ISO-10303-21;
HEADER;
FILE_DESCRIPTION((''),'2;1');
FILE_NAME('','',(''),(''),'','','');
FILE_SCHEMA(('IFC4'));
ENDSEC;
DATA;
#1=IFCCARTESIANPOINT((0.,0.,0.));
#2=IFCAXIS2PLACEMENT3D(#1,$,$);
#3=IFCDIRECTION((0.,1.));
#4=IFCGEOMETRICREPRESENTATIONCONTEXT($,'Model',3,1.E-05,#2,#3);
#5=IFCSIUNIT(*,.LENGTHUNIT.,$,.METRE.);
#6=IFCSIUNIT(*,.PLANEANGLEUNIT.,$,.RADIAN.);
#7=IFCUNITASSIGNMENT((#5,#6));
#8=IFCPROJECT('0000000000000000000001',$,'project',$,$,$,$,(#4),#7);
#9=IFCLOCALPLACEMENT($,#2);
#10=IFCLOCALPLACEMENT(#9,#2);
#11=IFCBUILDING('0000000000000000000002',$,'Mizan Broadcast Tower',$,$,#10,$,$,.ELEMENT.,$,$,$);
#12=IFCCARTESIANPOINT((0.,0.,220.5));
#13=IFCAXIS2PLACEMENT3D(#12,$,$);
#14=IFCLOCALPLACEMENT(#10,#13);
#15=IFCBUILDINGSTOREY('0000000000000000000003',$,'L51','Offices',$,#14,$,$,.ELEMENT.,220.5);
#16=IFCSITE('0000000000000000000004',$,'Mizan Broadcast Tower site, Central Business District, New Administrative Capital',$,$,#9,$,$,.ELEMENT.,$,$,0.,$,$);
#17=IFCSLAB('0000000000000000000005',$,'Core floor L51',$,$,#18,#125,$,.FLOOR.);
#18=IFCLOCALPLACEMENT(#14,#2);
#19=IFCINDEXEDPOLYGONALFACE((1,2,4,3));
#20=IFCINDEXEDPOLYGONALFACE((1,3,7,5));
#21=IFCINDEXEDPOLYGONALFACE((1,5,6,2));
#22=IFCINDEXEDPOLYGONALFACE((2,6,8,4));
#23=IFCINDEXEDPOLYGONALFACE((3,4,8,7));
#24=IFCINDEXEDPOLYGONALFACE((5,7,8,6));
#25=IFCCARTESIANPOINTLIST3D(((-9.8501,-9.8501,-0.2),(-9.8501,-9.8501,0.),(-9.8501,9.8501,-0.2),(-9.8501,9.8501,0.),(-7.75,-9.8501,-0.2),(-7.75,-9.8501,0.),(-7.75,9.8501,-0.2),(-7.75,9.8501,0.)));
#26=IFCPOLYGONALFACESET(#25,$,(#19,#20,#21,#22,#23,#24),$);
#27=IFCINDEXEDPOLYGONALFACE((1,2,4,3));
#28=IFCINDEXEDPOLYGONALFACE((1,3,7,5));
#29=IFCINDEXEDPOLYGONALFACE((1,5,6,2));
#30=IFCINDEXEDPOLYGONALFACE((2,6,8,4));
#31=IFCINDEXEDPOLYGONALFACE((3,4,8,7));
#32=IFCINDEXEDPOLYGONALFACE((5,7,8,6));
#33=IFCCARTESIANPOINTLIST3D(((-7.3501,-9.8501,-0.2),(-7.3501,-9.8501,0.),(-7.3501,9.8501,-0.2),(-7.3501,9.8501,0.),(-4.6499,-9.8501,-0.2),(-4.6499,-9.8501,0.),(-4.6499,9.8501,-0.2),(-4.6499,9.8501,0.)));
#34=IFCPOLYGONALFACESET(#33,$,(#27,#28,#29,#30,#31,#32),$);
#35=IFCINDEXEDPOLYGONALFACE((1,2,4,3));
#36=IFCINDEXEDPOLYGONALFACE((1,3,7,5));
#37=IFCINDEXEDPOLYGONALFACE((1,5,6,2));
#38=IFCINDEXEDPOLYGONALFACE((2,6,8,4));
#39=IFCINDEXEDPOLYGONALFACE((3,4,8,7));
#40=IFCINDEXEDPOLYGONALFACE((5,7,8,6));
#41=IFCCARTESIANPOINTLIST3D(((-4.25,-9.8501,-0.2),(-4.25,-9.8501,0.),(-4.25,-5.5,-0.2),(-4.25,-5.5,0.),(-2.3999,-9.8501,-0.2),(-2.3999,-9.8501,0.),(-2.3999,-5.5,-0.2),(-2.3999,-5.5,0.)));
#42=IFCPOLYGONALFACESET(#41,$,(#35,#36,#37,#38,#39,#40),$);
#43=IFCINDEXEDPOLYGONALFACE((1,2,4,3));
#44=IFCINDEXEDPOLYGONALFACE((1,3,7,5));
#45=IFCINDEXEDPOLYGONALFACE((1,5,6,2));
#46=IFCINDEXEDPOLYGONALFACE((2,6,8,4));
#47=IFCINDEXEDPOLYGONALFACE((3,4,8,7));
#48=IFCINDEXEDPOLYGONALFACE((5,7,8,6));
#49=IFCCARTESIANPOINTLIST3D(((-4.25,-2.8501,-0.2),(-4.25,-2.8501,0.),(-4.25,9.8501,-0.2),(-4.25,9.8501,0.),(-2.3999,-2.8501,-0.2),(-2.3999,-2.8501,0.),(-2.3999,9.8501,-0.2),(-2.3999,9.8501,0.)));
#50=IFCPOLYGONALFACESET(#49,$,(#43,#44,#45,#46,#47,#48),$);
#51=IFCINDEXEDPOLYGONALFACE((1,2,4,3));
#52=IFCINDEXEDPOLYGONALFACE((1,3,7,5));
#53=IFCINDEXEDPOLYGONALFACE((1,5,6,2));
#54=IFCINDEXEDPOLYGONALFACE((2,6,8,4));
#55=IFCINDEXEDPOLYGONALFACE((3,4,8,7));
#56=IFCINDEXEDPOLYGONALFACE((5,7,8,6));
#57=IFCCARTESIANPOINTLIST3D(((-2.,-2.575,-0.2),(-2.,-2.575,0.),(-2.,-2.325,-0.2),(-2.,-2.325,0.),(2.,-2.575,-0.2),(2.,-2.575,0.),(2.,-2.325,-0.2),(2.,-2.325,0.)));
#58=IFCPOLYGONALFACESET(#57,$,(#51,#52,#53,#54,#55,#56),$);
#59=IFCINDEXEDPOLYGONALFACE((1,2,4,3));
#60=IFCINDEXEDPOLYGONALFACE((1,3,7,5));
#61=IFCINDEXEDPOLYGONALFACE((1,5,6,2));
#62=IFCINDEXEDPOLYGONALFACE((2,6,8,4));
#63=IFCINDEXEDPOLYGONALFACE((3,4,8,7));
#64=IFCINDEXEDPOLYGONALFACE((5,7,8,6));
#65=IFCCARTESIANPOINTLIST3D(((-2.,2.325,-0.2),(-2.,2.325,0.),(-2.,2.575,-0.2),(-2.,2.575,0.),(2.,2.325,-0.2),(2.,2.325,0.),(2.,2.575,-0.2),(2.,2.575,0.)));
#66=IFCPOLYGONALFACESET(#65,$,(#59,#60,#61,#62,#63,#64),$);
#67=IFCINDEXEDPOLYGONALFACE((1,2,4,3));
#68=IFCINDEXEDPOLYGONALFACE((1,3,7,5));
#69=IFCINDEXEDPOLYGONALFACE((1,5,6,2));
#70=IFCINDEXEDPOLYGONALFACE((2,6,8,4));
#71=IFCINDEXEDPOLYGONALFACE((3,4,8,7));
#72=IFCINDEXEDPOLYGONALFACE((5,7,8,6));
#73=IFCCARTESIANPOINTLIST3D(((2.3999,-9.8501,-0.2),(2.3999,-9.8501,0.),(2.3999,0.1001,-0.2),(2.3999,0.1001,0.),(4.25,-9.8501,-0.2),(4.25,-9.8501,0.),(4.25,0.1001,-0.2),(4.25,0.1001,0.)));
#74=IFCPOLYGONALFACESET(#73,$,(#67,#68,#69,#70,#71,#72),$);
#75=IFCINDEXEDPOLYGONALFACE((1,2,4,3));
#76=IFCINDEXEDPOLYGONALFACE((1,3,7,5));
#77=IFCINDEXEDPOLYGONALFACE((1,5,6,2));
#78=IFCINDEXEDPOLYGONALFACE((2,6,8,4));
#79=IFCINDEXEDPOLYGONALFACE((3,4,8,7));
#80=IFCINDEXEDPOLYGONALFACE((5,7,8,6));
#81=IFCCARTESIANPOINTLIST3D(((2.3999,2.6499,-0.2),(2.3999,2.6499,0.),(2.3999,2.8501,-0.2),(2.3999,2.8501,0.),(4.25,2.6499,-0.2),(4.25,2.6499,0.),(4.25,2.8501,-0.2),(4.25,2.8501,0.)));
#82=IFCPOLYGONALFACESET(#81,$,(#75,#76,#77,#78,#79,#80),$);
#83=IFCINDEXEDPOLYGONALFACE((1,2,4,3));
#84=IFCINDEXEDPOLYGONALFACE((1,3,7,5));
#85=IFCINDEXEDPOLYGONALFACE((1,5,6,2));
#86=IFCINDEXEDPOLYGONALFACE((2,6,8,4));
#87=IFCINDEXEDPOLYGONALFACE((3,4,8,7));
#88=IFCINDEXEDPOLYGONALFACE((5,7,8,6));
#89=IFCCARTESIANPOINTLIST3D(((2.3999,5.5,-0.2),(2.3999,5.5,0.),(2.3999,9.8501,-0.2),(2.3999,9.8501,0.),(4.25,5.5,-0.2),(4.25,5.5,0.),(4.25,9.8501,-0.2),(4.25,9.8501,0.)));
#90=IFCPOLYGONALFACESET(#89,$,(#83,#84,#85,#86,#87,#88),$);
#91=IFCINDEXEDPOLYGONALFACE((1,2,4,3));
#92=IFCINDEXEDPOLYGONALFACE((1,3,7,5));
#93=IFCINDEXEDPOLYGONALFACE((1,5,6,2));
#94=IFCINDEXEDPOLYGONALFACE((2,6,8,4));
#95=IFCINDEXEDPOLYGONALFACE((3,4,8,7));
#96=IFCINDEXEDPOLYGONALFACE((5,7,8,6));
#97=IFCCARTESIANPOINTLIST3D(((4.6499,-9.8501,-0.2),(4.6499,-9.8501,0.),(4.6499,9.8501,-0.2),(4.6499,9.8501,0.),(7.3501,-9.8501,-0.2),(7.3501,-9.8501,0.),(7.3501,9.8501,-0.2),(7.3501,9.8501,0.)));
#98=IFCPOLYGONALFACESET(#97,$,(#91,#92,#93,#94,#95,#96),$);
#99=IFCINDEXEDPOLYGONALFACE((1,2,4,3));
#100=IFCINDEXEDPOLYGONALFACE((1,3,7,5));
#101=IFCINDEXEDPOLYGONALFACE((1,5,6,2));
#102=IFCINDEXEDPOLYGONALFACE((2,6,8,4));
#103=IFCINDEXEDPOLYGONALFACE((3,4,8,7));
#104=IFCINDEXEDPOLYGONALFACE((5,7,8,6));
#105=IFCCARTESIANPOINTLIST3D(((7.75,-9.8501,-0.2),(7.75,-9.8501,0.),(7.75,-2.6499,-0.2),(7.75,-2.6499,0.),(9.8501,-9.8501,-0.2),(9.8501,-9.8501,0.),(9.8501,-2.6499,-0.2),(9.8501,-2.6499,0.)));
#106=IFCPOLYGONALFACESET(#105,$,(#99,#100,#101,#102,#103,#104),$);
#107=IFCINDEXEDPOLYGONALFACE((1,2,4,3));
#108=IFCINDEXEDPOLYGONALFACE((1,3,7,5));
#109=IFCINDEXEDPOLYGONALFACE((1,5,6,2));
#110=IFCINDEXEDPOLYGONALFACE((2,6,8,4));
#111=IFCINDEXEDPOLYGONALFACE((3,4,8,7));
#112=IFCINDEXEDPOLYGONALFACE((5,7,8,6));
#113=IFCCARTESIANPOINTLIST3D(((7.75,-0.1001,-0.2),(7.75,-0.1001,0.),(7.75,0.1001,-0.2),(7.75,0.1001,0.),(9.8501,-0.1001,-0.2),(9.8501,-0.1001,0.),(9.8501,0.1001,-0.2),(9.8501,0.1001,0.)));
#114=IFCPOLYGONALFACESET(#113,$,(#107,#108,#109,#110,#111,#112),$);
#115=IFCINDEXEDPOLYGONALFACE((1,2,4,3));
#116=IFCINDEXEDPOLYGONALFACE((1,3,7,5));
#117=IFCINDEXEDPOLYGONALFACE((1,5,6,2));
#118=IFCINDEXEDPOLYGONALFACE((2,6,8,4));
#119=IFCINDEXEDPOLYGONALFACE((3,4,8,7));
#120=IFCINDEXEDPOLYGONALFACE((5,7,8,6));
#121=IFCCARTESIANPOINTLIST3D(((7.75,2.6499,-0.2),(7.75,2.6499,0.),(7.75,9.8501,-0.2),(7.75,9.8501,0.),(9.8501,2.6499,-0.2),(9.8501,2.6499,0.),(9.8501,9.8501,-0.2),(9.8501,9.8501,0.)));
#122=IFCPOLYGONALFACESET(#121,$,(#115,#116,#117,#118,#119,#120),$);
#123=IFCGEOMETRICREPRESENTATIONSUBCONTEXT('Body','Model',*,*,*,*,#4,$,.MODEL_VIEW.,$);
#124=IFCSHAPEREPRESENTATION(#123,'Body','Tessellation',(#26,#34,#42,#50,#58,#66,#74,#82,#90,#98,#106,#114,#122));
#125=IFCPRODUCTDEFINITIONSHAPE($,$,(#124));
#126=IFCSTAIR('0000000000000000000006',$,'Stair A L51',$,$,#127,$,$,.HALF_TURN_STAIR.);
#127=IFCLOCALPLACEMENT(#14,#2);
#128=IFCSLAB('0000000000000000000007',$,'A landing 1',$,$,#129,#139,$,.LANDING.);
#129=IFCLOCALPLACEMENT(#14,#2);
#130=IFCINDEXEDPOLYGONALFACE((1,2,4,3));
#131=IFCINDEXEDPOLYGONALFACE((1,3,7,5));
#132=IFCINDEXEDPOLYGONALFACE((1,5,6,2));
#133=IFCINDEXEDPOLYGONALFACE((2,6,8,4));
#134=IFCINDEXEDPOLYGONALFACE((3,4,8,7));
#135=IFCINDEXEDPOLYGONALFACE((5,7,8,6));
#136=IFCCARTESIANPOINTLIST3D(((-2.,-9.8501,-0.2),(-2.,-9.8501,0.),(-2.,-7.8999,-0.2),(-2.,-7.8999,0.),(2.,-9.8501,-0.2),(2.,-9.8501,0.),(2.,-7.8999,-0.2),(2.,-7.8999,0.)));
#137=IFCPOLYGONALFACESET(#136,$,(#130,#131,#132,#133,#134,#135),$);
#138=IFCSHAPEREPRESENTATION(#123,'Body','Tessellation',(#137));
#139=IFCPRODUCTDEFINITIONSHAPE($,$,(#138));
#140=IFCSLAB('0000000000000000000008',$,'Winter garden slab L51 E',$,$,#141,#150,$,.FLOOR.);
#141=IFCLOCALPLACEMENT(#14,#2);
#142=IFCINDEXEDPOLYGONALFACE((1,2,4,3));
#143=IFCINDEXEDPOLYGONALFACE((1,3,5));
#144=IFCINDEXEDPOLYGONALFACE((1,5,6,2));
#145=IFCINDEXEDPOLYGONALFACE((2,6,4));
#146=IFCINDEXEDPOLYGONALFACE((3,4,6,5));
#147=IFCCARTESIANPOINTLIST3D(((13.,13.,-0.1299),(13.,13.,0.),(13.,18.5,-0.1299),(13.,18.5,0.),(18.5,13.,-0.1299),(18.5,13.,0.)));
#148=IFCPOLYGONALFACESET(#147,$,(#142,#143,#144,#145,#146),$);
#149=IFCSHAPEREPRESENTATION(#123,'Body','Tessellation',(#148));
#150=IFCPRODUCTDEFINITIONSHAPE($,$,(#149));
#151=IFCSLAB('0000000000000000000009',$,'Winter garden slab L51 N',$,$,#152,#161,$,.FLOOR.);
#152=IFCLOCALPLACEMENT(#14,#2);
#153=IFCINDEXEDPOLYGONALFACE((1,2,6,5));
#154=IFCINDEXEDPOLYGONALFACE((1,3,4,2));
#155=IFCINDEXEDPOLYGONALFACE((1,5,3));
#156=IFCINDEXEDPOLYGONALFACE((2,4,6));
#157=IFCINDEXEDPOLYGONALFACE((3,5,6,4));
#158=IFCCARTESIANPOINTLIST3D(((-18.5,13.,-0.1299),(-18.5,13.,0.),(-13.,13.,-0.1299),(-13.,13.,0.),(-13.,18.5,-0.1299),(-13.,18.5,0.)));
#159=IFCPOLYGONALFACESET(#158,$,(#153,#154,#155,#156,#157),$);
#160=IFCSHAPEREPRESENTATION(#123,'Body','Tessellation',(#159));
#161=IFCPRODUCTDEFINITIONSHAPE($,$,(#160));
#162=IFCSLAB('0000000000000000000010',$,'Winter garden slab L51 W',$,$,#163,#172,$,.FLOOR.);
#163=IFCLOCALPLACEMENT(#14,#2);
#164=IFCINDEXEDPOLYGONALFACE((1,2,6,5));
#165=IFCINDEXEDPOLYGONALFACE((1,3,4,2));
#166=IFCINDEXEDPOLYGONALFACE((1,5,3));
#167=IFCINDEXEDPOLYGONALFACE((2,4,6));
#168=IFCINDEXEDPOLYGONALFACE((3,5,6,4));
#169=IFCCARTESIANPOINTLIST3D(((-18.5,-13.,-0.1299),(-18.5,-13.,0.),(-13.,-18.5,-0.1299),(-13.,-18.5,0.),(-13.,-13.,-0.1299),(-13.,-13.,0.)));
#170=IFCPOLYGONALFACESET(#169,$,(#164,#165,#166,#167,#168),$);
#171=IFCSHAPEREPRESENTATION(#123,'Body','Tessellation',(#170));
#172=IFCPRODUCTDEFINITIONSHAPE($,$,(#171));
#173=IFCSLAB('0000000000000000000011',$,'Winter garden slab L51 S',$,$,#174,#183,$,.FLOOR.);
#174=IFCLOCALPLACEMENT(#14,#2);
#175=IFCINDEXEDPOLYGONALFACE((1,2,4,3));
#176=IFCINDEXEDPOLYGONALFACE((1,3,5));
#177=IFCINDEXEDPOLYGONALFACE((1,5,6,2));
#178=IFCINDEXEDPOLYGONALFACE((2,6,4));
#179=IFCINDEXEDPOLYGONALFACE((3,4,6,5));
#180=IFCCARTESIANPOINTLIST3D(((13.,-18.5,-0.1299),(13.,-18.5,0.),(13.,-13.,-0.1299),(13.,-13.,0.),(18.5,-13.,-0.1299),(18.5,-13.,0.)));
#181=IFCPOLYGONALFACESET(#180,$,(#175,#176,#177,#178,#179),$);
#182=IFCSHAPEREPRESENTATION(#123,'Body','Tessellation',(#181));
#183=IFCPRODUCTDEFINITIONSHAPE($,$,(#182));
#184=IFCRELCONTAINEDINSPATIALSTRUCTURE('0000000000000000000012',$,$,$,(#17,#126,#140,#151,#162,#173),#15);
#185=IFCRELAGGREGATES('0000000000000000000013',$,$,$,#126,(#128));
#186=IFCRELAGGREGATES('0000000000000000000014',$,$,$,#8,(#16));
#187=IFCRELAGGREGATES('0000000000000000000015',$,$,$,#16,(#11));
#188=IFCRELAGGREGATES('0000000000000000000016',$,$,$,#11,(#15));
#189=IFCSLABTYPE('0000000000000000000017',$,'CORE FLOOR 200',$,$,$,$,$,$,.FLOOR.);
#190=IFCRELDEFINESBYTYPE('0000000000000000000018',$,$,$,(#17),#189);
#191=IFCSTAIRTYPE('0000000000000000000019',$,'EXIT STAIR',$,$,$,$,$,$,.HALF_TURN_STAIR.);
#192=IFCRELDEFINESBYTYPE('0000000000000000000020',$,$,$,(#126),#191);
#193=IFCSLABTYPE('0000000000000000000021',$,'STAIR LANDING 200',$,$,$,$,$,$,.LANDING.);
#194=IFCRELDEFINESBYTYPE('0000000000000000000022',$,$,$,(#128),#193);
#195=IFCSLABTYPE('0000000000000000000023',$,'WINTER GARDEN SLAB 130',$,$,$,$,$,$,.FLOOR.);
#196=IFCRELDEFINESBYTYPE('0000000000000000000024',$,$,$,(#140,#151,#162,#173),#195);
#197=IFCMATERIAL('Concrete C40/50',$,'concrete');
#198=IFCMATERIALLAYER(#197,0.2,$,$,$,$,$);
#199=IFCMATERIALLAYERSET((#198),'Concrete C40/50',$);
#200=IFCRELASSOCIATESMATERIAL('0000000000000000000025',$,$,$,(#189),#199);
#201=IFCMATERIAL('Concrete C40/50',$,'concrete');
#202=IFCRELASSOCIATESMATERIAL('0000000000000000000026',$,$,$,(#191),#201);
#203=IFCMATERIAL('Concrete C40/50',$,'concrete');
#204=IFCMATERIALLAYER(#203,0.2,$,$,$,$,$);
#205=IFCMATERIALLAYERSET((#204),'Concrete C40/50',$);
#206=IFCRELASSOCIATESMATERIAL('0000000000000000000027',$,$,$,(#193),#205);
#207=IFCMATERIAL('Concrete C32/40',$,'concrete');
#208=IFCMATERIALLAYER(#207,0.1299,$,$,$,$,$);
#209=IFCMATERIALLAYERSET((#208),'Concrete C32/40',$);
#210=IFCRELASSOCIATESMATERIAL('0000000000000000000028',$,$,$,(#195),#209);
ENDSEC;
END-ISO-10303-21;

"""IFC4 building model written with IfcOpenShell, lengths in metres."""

from ifc_helpers import new_model, si_unit, direction, frame, origin, place, context, subcontext, project, spatial, polyline, outline, extrude, material, layer, layer_set, type_object, element, aggregate, save


model = new_model("IFC4")

# Units and contexts
model_context = context("Model", 3, precision=1e-05, world=origin(), true_north=direction((0.0, 1.0)))
body_context = subcontext(model_context, "Body", "Model", "MODEL_VIEW")
ifc_project = project(units=[si_unit("LENGTHUNIT", "METRE"), si_unit("PLANEANGLEUNIT", "RADIAN")], contexts=[model_context])

# Site, building, storey
site_placement = place(None, origin())
site = spatial("IfcSite", under=ifc_project, at=site_placement, Name="Mizan Broadcast Tower site, Central Business District, New Administrative Capital", CompositionType="ELEMENT", RefElevation=0.0)
building_placement = place(site_placement, origin())
building = spatial("IfcBuilding", under=site, at=building_placement, Name="Mizan Broadcast Tower", CompositionType="ELEMENT")
storey_placement = place(building_placement, frame((0.0, 0.0, 220.5)))
storey = spatial("IfcBuildingStorey", under=building, at=storey_placement, Name="L51", Description="Offices", CompositionType="ELEMENT", Elevation=220.5)

# Slab
ifc_material_1 = material(Name="Concrete C40/50", Category="concrete")
ifc_layer_1 = layer(ifc_material_1, 0.2)
ifc_layer_set_1 = layer_set([ifc_layer_1], Name="Concrete C40/50")
slab_type_1 = type_object("IfcSlabType", Name="CORE FLOOR 200", PredefinedType="FLOOR", material=ifc_layer_set_1)
slab_1_placement = place(storey_placement, frame((0.0, 0.0, -0.2)))
element("IfcSlab", 1, at=slab_1_placement, inside=storey, type_object=slab_type_1, Name="Core floor L51", PredefinedType="FLOOR", context=body_context, shape_type="SweptSolid", body=[
    extrude(outline(polyline([(-9.8501, -9.8501), (-7.75, -9.8501), (-7.75, 9.8501), (-9.8501, 9.8501), (-9.8501, -9.8501)])), origin(), (0.0, 0.0, 1.0), 0.2),
    extrude(outline(polyline([(-4.6499, 9.8501), (-7.3501, 9.8501), (-7.3501, -9.8501), (-4.6499, -9.8501), (-4.6499, 9.8501)])), origin(), (0.0, 0.0, 1.0), 0.2),
    extrude(outline(polyline([(-4.25, -5.5), (-4.25, -9.8501), (-2.3999, -9.8501), (-2.3999, -5.5), (-4.25, -5.5)])), origin(), (0.0, 0.0, 1.0), 0.2),
    extrude(outline(polyline([(-4.25, -2.8501), (-2.3999, -2.8501), (-2.3999, 9.8501), (-4.25, 9.8501), (-4.25, -2.8501)])), origin(), (0.0, 0.0, 1.0), 0.2),
    extrude(outline(polyline([(2.0, -2.325), (-2.0, -2.325), (-2.0, -2.575), (2.0, -2.575), (2.0, -2.325)])), origin(), (0.0, 0.0, 1.0), 0.2),
    extrude(outline(polyline([(2.0, 2.575), (-2.0, 2.575), (-2.0, 2.325), (2.0, 2.325), (2.0, 2.575)])), origin(), (0.0, 0.0, 1.0), 0.2),
    extrude(outline(polyline([(4.25, -9.8501), (4.25, 0.1001), (2.3999, 0.1001), (2.3999, -9.8501), (4.25, -9.8501)])), origin(), (0.0, 0.0, 1.0), 0.2),
    extrude(outline(polyline([(4.25, 2.6499), (4.25, 2.8501), (2.3999, 2.8501), (2.3999, 2.6499), (4.25, 2.6499)])), origin(), (0.0, 0.0, 1.0), 0.2),
    extrude(outline(polyline([(4.25, 5.5), (4.25, 9.8501), (2.3999, 9.8501), (2.3999, 5.5), (4.25, 5.5)])), origin(), (0.0, 0.0, 1.0), 0.2),
    extrude(outline(polyline([(4.6499, 9.8501), (4.6499, -9.8501), (7.3501, -9.8501), (7.3501, 9.8501), (4.6499, 9.8501)])), origin(), (0.0, 0.0, 1.0), 0.2),
    extrude(outline(polyline([(9.8501, -9.8501), (9.8501, -2.6499), (7.75, -2.6499), (7.75, -9.8501), (9.8501, -9.8501)])), origin(), (0.0, 0.0, 1.0), 0.2),
    extrude(outline(polyline([(9.8501, -0.1001), (9.8501, 0.1001), (7.75, 0.1001), (7.75, -0.1001), (9.8501, -0.1001)])), origin(), (0.0, 0.0, 1.0), 0.2),
    extrude(outline(polyline([(7.75, 9.8501), (7.75, 2.6499), (9.8501, 2.6499), (9.8501, 9.8501), (7.75, 9.8501)])), origin(), (0.0, 0.0, 1.0), 0.2),
])

# Stair, slab
ifc_material_2 = material(Name="Concrete C40/50", Category="concrete")
stair_type = type_object("IfcStairType", Name="EXIT STAIR", PredefinedType="HALF_TURN_STAIR", material=ifc_material_2)
stair_placement = place(storey_placement, origin())
stair = element("IfcStair", 2, at=stair_placement, inside=storey, type_object=stair_type, Name="Stair A L51", PredefinedType="HALF_TURN_STAIR")
ifc_material_3 = material(Name="Concrete C40/50", Category="concrete")
ifc_layer_2 = layer(ifc_material_3, 0.2)
ifc_layer_set_2 = layer_set([ifc_layer_2], Name="Concrete C40/50")
slab_type_2 = type_object("IfcSlabType", Name="STAIR LANDING 200", PredefinedType="LANDING", material=ifc_layer_set_2)
slab_2_placement = place(storey_placement, frame((0.0, 0.0, -0.2)))
slab_2 = element("IfcSlab", 3, at=slab_2_placement, type_object=slab_type_2, Name="A landing 1", PredefinedType="LANDING", context=body_context, shape_type="SweptSolid", body=[
    extrude(outline(polyline([(-2.0, -9.8501), (-2.0, -7.8999), (2.0, -7.8999), (2.0, -9.8501), (-2.0, -9.8501)])), origin(), (0.0, 0.0, 1.0), 0.2),
])

# Slabs
ifc_material_4 = material(Name="Concrete C32/40", Category="concrete")
ifc_layer_3 = layer(ifc_material_4, 0.1299)
ifc_layer_set_3 = layer_set([ifc_layer_3], Name="Concrete C32/40")
slab_type_3 = type_object("IfcSlabType", Name="WINTER GARDEN SLAB 130", PredefinedType="FLOOR", material=ifc_layer_set_3)
slab_3_placement = place(storey_placement, frame((0.0, 0.0, -0.1299)))
element("IfcSlab", 4, at=slab_3_placement, inside=storey, type_object=slab_type_3, Name="Winter garden slab L51 E", PredefinedType="FLOOR", context=body_context, shape_type="SweptSolid", body=[
    extrude(outline(polyline([(13.0, 13.0), (18.5, 13.0), (13.0, 18.5), (13.0, 13.0)])), origin(), (0.0, 0.0, 1.0), 0.1299),
])
slab_4_placement = place(storey_placement, frame((0.0, 0.0, -0.1299)))
element("IfcSlab", 5, at=slab_4_placement, inside=storey, type_object=slab_type_3, Name="Winter garden slab L51 N", PredefinedType="FLOOR", context=body_context, shape_type="SweptSolid", body=[
    extrude(outline(polyline([(-13.0, 13.0), (-13.0, 18.5), (-18.5, 13.0), (-13.0, 13.0)])), origin(), (0.0, 0.0, 1.0), 0.1299),
])
slab_5_placement = place(storey_placement, frame((0.0, 0.0, -0.1299)))
element("IfcSlab", 6, at=slab_5_placement, inside=storey, type_object=slab_type_3, Name="Winter garden slab L51 W", PredefinedType="FLOOR", context=body_context, shape_type="SweptSolid", body=[
    extrude(outline(polyline([(-13.0, -13.0), (-18.5, -13.0), (-13.0, -18.5), (-13.0, -13.0)])), origin(), (0.0, 0.0, 1.0), 0.1299),
])
slab_6_placement = place(storey_placement, frame((0.0, 0.0, -0.1299)))
element("IfcSlab", 7, at=slab_6_placement, inside=storey, type_object=slab_type_3, Name="Winter garden slab L51 S", PredefinedType="FLOOR", context=body_context, shape_type="SweptSolid", body=[
    extrude(outline(polyline([(13.0, -13.0), (13.0, -18.5), (18.5, -13.0), (13.0, -13.0)])), origin(), (0.0, 0.0, 1.0), 0.1299),
])

aggregate(stair, [slab_2])

save(model, "model.ifc")
